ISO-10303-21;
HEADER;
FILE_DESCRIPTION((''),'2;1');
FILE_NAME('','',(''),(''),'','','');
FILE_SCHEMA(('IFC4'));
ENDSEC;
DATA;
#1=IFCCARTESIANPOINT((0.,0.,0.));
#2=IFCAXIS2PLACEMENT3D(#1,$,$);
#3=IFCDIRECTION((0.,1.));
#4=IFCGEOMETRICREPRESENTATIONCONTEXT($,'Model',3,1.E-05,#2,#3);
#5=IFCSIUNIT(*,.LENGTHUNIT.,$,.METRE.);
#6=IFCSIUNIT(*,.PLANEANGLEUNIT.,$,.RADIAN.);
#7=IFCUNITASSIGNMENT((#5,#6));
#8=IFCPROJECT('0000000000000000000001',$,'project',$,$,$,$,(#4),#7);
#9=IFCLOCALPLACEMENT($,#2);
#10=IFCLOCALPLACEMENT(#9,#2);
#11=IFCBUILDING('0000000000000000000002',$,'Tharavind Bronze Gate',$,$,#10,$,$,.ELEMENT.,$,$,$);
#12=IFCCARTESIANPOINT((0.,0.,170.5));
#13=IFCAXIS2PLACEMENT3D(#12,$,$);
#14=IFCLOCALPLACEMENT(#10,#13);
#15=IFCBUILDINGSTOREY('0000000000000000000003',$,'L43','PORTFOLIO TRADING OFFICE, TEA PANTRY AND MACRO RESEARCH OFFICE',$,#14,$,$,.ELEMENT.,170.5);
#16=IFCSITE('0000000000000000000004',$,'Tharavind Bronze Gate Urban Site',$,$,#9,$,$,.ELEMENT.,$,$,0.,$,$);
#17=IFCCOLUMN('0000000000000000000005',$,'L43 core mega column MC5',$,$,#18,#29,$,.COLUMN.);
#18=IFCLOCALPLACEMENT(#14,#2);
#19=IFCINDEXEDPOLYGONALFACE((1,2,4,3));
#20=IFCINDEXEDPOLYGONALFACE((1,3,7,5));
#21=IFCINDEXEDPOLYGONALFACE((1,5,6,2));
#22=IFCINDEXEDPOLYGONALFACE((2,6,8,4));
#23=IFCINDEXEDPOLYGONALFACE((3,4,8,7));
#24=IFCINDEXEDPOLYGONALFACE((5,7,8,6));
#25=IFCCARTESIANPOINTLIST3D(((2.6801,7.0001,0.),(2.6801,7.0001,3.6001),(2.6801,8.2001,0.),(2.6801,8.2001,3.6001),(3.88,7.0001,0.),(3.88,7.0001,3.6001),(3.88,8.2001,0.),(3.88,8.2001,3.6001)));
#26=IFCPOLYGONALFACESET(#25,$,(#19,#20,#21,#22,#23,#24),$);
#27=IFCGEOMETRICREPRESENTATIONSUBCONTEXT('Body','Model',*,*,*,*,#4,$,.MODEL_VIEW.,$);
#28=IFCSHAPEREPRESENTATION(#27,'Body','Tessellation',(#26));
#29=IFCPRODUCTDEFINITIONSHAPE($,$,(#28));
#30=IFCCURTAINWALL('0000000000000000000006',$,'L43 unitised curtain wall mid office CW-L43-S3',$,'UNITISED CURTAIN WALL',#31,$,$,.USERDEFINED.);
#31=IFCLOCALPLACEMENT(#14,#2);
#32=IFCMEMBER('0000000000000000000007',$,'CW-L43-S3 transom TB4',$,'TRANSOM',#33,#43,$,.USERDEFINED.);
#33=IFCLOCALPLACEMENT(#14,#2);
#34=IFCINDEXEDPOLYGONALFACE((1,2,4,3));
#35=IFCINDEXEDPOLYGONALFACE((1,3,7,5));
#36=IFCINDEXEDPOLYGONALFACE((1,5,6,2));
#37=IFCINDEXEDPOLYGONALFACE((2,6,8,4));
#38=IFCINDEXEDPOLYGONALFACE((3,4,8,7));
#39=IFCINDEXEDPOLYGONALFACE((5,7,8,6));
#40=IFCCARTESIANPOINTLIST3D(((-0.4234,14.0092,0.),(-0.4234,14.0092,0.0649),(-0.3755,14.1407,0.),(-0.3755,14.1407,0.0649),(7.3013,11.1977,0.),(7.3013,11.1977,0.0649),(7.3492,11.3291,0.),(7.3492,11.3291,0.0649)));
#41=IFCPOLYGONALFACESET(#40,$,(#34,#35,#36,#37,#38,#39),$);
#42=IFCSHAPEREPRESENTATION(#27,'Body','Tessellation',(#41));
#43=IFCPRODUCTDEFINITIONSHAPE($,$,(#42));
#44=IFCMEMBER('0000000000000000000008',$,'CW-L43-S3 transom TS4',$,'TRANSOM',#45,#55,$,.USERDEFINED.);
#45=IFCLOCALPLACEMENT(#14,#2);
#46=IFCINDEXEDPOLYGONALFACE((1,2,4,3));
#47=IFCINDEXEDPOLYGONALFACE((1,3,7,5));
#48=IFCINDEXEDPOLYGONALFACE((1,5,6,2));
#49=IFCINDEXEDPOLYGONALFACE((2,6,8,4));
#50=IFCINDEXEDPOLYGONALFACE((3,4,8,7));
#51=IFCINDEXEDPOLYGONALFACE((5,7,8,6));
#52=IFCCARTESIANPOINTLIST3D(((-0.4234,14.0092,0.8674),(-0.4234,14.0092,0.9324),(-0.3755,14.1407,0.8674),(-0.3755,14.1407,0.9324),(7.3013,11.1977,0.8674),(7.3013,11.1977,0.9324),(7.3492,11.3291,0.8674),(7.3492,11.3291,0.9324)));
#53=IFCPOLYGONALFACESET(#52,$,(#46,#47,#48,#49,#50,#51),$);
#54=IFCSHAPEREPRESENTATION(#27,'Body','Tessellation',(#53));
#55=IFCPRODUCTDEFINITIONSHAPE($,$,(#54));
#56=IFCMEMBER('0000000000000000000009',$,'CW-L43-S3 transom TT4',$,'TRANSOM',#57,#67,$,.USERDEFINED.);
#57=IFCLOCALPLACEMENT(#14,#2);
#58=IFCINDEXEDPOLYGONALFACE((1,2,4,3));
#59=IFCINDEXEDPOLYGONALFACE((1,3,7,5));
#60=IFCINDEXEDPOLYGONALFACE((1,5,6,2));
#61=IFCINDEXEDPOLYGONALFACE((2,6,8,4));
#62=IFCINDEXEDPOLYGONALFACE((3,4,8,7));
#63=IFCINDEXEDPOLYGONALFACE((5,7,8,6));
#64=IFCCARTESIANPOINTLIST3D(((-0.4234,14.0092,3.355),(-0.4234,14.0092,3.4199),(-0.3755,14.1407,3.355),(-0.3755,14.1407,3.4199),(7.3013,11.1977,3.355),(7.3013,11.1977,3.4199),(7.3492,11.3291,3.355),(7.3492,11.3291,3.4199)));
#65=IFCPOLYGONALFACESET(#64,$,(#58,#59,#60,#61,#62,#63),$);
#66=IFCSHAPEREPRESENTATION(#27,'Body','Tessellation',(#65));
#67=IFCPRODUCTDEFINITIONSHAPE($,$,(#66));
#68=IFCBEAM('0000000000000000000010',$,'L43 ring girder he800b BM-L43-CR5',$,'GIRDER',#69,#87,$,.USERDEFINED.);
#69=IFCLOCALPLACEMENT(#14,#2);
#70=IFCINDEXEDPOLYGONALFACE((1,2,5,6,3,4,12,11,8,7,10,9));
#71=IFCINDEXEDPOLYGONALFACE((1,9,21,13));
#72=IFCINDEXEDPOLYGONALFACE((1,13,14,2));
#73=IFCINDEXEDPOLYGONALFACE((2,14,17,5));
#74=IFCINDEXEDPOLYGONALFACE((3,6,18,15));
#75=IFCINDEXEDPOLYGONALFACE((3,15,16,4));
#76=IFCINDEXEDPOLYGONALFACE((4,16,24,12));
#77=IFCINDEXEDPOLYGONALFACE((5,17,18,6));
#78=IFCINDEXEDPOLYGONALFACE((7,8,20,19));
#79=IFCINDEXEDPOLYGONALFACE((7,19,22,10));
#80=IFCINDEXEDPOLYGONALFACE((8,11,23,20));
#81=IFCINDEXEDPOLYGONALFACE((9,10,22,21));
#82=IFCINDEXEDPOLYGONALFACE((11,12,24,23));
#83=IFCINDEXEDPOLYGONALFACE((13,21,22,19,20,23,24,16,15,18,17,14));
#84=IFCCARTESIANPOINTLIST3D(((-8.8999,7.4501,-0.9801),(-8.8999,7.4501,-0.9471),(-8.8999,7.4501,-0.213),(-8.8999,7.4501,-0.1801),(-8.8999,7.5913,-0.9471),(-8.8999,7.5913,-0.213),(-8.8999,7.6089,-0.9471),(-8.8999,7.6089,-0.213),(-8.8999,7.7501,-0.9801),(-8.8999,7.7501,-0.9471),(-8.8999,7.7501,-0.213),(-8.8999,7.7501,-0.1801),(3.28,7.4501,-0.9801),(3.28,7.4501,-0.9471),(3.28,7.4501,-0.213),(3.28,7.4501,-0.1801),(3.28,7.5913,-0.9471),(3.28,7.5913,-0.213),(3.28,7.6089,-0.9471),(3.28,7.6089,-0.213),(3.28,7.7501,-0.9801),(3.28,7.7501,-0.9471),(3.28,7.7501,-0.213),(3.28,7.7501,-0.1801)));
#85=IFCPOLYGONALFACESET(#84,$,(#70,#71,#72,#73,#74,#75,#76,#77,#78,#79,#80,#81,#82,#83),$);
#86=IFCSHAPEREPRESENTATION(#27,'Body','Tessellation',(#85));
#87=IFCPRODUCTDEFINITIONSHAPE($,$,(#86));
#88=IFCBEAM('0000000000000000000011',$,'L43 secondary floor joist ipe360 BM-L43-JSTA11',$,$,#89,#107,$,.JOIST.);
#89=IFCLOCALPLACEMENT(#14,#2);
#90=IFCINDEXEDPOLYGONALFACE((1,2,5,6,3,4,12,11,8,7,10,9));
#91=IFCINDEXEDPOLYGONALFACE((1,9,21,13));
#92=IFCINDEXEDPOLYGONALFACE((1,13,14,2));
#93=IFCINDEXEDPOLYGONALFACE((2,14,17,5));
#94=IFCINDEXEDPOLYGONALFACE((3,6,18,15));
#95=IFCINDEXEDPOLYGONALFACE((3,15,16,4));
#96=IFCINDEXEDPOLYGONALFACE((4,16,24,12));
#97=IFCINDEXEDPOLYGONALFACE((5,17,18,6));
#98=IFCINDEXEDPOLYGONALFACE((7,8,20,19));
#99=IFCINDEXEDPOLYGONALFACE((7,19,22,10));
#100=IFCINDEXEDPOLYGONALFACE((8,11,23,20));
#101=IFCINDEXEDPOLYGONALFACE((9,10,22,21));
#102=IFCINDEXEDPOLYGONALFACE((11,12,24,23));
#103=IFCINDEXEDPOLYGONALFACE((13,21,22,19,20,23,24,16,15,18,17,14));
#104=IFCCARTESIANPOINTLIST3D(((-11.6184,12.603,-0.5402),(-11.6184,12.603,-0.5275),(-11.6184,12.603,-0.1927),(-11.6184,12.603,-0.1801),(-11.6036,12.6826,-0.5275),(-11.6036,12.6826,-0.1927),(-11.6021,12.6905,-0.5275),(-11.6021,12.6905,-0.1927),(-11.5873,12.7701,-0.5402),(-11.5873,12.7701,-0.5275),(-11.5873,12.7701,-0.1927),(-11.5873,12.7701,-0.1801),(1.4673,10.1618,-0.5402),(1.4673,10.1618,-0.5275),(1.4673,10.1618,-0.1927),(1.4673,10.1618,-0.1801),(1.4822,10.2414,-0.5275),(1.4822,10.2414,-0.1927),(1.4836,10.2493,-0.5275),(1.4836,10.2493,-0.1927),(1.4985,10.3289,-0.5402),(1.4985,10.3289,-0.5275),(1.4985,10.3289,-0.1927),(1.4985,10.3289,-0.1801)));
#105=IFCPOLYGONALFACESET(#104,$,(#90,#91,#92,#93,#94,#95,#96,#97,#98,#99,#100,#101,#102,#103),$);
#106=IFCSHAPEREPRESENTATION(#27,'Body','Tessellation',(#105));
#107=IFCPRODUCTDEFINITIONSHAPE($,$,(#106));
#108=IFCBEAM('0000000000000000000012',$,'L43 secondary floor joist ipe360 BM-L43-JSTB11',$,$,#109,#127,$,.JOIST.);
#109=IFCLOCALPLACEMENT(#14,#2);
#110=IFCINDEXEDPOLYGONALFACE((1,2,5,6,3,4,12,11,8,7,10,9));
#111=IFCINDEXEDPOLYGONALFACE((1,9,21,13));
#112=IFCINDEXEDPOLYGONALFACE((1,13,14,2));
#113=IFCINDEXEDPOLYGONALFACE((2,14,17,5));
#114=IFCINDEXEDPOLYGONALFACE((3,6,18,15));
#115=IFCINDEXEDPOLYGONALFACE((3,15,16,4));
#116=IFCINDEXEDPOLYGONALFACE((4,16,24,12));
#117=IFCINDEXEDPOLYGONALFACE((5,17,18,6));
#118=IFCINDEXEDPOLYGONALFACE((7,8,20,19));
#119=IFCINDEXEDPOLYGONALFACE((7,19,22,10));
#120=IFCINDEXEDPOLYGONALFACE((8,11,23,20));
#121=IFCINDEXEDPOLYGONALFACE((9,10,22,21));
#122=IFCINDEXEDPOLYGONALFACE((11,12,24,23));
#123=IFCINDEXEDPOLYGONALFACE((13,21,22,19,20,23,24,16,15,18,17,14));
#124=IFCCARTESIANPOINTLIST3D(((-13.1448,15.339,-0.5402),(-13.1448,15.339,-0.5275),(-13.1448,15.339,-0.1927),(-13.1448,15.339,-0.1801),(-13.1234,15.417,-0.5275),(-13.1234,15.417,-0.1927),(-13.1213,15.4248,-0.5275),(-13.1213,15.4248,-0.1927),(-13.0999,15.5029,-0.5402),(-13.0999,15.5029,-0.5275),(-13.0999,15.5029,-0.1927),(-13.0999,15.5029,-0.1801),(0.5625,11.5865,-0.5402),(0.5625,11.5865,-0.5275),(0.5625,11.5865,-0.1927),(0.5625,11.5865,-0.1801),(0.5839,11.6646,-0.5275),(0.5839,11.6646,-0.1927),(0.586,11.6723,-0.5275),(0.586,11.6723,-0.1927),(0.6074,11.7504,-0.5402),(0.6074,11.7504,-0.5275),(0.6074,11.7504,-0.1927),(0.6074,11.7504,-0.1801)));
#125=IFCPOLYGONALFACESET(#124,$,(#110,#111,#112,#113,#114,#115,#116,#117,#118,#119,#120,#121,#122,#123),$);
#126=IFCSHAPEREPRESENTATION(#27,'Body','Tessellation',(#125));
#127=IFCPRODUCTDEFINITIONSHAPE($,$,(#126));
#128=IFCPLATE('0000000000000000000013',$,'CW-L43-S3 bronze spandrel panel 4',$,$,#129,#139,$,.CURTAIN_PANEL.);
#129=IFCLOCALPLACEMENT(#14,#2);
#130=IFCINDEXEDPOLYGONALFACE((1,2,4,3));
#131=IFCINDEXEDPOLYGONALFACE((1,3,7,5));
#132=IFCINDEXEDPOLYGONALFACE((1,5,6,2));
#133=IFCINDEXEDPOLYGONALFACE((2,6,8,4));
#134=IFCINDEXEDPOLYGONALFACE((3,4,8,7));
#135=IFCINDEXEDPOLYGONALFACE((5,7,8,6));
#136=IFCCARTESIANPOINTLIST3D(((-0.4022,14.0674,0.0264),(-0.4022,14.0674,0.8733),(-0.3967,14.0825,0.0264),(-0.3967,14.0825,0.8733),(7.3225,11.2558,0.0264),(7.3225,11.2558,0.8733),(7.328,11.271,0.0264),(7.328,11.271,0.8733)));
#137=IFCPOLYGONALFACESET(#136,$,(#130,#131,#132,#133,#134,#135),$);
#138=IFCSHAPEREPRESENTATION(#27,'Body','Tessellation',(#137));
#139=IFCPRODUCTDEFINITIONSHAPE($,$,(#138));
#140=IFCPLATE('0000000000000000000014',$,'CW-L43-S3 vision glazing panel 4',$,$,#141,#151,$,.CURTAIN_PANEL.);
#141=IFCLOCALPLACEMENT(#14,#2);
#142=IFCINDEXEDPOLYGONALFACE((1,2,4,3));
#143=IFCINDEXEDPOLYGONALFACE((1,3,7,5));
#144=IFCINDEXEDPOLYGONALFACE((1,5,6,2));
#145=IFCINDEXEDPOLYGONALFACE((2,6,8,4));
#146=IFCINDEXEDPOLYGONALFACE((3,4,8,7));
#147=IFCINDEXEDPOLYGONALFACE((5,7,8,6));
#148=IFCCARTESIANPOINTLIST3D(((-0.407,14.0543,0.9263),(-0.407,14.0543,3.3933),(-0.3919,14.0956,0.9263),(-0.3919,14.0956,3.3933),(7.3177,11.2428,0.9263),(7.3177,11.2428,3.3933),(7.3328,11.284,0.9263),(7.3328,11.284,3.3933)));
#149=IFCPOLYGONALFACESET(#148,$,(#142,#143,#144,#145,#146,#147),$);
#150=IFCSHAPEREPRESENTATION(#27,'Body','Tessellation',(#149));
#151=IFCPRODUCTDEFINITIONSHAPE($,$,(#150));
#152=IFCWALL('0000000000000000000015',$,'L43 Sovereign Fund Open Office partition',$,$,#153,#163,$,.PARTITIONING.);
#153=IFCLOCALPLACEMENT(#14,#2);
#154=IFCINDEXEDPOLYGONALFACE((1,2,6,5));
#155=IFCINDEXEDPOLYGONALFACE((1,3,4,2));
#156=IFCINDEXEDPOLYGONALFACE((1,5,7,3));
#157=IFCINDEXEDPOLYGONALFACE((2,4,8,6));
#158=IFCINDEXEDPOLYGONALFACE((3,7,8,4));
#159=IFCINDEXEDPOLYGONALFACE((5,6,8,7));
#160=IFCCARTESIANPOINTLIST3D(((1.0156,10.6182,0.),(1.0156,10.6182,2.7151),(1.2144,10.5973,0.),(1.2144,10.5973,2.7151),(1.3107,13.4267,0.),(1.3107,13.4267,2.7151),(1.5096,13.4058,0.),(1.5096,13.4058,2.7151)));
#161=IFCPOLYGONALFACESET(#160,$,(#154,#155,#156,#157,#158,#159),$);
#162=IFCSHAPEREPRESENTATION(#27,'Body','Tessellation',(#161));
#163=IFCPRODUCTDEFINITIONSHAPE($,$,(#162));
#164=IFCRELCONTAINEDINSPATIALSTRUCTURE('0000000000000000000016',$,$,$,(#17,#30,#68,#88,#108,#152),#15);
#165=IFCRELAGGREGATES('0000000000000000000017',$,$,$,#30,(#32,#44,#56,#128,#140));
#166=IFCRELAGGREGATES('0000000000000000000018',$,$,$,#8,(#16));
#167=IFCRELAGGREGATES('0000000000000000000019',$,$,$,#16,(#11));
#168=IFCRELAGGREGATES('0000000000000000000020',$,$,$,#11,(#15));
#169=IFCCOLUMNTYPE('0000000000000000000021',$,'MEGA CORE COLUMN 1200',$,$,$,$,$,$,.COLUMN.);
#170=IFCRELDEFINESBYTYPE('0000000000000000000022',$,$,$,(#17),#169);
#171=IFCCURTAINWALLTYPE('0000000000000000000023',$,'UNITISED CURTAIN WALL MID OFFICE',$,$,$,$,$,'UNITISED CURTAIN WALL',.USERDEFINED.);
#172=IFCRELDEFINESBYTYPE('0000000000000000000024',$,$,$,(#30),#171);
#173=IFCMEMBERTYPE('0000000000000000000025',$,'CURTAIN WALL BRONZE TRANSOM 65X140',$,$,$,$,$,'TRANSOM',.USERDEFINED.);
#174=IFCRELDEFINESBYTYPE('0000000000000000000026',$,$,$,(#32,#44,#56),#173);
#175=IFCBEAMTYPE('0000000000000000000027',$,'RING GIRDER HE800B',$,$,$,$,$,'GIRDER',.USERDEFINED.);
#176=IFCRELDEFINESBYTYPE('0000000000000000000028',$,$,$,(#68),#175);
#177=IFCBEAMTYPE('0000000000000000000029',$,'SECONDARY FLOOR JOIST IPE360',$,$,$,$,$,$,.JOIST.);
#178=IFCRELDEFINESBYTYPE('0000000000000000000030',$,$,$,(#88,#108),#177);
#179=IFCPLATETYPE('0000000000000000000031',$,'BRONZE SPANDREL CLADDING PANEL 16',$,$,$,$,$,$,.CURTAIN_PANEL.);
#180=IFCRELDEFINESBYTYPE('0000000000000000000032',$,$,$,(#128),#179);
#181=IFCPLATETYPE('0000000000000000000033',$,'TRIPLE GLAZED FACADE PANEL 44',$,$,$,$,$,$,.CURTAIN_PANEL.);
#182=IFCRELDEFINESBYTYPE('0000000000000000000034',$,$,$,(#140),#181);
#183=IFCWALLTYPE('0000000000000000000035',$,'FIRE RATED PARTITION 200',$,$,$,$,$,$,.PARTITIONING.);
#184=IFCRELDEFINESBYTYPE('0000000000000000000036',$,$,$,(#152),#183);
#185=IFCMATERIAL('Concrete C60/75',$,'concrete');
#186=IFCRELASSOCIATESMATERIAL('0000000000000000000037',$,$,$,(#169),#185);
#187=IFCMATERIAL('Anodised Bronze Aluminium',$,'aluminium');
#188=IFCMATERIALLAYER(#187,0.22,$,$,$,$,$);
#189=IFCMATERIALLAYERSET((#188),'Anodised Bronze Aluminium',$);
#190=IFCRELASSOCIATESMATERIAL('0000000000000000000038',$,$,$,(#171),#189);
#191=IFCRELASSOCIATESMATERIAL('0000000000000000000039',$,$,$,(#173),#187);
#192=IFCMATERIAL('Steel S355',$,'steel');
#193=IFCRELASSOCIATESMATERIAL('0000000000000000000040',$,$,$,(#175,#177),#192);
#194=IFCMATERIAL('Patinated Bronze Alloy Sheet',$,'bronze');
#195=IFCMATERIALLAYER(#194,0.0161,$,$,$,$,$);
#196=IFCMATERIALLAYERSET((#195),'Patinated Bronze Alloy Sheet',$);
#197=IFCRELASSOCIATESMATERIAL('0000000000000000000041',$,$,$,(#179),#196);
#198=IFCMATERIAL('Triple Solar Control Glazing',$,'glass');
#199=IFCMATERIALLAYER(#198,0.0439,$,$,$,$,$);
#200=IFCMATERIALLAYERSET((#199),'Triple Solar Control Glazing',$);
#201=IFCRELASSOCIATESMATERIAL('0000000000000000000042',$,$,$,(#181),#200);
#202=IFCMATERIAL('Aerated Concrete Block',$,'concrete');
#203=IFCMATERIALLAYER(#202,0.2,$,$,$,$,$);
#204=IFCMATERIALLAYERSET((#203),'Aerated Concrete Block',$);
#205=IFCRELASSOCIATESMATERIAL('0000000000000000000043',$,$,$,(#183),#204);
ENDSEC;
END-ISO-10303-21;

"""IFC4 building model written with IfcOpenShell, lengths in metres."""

from ifc_helpers import new_model, si_unit, direction, frame, frame_2d, origin, origin_2d, place, context, subcontext, project, spatial, rectangle, i_section, extrude, material, layer, layer_set, material_profile, profile_set, type_object, element, aggregate, save


model = new_model("IFC4")

# Units and contexts
model_context = context("Model", 3, precision=1e-05, world=origin(), true_north=direction((0.0, 1.0)))
body_context = subcontext(model_context, "Body", "Model", "MODEL_VIEW")
ifc_project = project(units=[si_unit("LENGTHUNIT", "METRE"), si_unit("PLANEANGLEUNIT", "RADIAN")], contexts=[model_context])

# Site, building, storey
site_placement = place(None, origin())
site = spatial("IfcSite", under=ifc_project, at=site_placement, Name="Tharavind Bronze Gate Urban Site", CompositionType="ELEMENT", RefElevation=0.0)
building_placement = place(site_placement, origin())
building = spatial("IfcBuilding", under=site, at=building_placement, Name="Tharavind Bronze Gate", CompositionType="ELEMENT")
storey_placement = place(building_placement, frame((0.0, 0.0, 170.5)))
storey = spatial("IfcBuildingStorey", under=building, at=storey_placement, Name="L43", Description="PORTFOLIO TRADING OFFICE, TEA PANTRY AND MACRO RESEARCH OFFICE", CompositionType="ELEMENT", Elevation=170.5)

# Column
ifc_material_1 = material(Name="Concrete C60/75", Category="concrete")
ifc_material_profile_1 = material_profile(ifc_material_1, rectangle(XDim=1.2, YDim=1.2, at=origin_2d()), Name="RCCOL1200")
ifc_profile_set_1 = profile_set([ifc_material_profile_1], Name="Concrete C60/75")
column_type = type_object("IfcColumnType", Name="MEGA CORE COLUMN 1200", PredefinedType="COLUMN", material=ifc_profile_set_1)
column_placement = place(storey_placement, frame((3.28, 7.6001, 0.0), z_axis=(0.0, 0.0, 1.0), x_axis=(1.0, 0.0, 0.0)))
element("IfcColumn", 1, at=column_placement, inside=storey, type_object=column_type, Name="L43 core mega column MC5", PredefinedType="COLUMN", context=body_context, shape_type="SweptSolid", body=[
    extrude(rectangle(XDim=1.2, YDim=1.2, at=origin_2d()), origin(), (0.0, 0.0, 1.0), 3.6001),
])

# Curtain wall, members
ifc_material_2 = material(Name="Anodised Bronze Aluminium", Category="aluminium")
ifc_layer_1 = layer(ifc_material_2, 0.22)
ifc_layer_set_1 = layer_set([ifc_layer_1], Name="Anodised Bronze Aluminium")
curtain_wall_type = type_object("IfcCurtainWallType", Name="UNITISED CURTAIN WALL MID OFFICE", ElementType="UNITISED CURTAIN WALL", PredefinedType="USERDEFINED", material=ifc_layer_set_1)
curtain_wall_placement = place(storey_placement, origin())
curtain_wall = element("IfcCurtainWall", 2, at=curtain_wall_placement, inside=storey, type_object=curtain_wall_type, Name="L43 unitised curtain wall mid office CW-L43-S3", ObjectType="UNITISED CURTAIN WALL", PredefinedType="USERDEFINED")
member_type = type_object("IfcMemberType", Name="CURTAIN WALL BRONZE TRANSOM 65X140", ElementType="TRANSOM", PredefinedType="USERDEFINED", material=ifc_material_2)
member_1_placement = place(storey_placement, frame((3.4629, 12.6692, 0.0), z_axis=(0.0, 0.0, 1.0), x_axis=(-0.939692, 0.342022, 0.0)))
member_1 = element("IfcMember", 3, at=member_1_placement, type_object=member_type, Name="CW-L43-S3 transom TB4", ObjectType="TRANSOM", PredefinedType="USERDEFINED", context=body_context, shape_type="SweptSolid", body=[
    extrude(rectangle(XDim=8.2205, YDim=0.1399, at=origin_2d()), origin(), (0.0, 0.0, 1.0), 0.0649),
])
member_2_placement = place(storey_placement, frame((3.4629, 12.6692, 0.8674), z_axis=(0.0, 0.0, 1.0), x_axis=(-0.939692, 0.342022, 0.0)))
member_2 = element("IfcMember", 4, at=member_2_placement, type_object=member_type, Name="CW-L43-S3 transom TS4", ObjectType="TRANSOM", PredefinedType="USERDEFINED", context=body_context, shape_type="SweptSolid", body=[
    extrude(rectangle(XDim=8.2205, YDim=0.1399, at=origin_2d()), origin(), (0.0, 0.0, 1.0), 0.0649),
])
member_3_placement = place(storey_placement, frame((3.4629, 12.6692, 3.355), z_axis=(0.0, 0.0, 1.0), x_axis=(-0.939692, 0.342022, 0.0)))
member_3 = element("IfcMember", 5, at=member_3_placement, type_object=member_type, Name="CW-L43-S3 transom TT4", ObjectType="TRANSOM", PredefinedType="USERDEFINED", context=body_context, shape_type="SweptSolid", body=[
    extrude(rectangle(XDim=8.2205, YDim=0.1399, at=origin_2d()), origin(), (0.0, 0.0, 1.0), 0.0649),
])

# Beams
ifc_material_3 = material(Name="Steel S355", Category="steel")
ifc_material_profile_2 = material_profile(ifc_material_3, i_section(OverallWidth=0.3, OverallDepth=0.8, WebThickness=0.0176, FlangeThickness=0.033, at=origin_2d()), Name="HE800B")
ifc_profile_set_2 = profile_set([ifc_material_profile_2], Name="Steel S355")
beam_type_1 = type_object("IfcBeamType", Name="RING GIRDER HE800B", ElementType="GIRDER", PredefinedType="USERDEFINED", material=ifc_profile_set_2)
beam_1_placement = place(storey_placement, frame((3.28, 7.6001, -0.5801), z_axis=(-1.0, 0.0, 0.0), x_axis=(0.0, -1.0, 0.0)))
element("IfcBeam", 6, at=beam_1_placement, inside=storey, type_object=beam_type_1, Name="L43 ring girder he800b BM-L43-CR5", ObjectType="GIRDER", PredefinedType="USERDEFINED", context=body_context, shape_type="SweptSolid", body=[
    extrude(i_section(OverallWidth=0.3, OverallDepth=0.8, WebThickness=0.0176, FlangeThickness=0.033, at=origin_2d()), origin(), (0.0, 0.0, 1.0), 12.1799),
])
ifc_material_profile_3 = material_profile(ifc_material_3, i_section(OverallWidth=0.1699, OverallDepth=0.3601, WebThickness=0.0081, FlangeThickness=0.0127, at=origin_2d()), Name="IPE360")
ifc_profile_set_3 = profile_set([ifc_material_profile_3], Name="Steel S355")
beam_type_2 = type_object("IfcBeamType", Name="SECONDARY FLOOR JOIST IPE360", PredefinedType="JOIST", material=ifc_profile_set_3)
beam_2_placement = place(storey_placement, frame((1.4829, 10.2454, -0.3601), z_axis=(-0.983041, 0.183388, 0.0), x_axis=(-0.183388, -0.983041, 0.0)))
element("IfcBeam", 7, at=beam_2_placement, inside=storey, type_object=beam_type_2, Name="L43 secondary floor joist ipe360 BM-L43-JSTA11", PredefinedType="JOIST", context=body_context, shape_type="SweptSolid", body=[
    extrude(i_section(OverallWidth=0.1699, OverallDepth=0.3601, WebThickness=0.0081, FlangeThickness=0.0127, at=origin_2d()), origin(), (0.0, 0.0, 1.0), 13.3115),
])
beam_3_placement = place(storey_placement, frame((0.585, 11.6685, -0.3601), z_axis=(-0.964512, 0.26404, 0.0), x_axis=(-0.26404, -0.964512, 0.0)))
element("IfcBeam", 8, at=beam_3_placement, inside=storey, type_object=beam_type_2, Name="L43 secondary floor joist ipe360 BM-L43-JSTB11", PredefinedType="JOIST", context=body_context, shape_type="SweptSolid", body=[
    extrude(i_section(OverallWidth=0.1699, OverallDepth=0.3601, WebThickness=0.0081, FlangeThickness=0.0127, at=origin_2d()), origin(), (0.0, 0.0, 1.0), 14.2117),
])

# Plates
ifc_material_4 = material(Name="Patinated Bronze Alloy Sheet", Category="bronze")
ifc_layer_2 = layer(ifc_material_4, 0.0161)
ifc_layer_set_2 = layer_set([ifc_layer_2], Name="Patinated Bronze Alloy Sheet")
plate_type_1 = type_object("IfcPlateType", Name="BRONZE SPANDREL CLADDING PANEL 16", PredefinedType="CURTAIN_PANEL", material=ifc_layer_set_2)
plate_1_placement = place(storey_placement, frame((3.4629, 12.6692, 0.0264), z_axis=(0.0, 0.0, 1.0), x_axis=(-0.939692, 0.342022, 0.0)))
plate_1 = element("IfcPlate", 9, at=plate_1_placement, type_object=plate_type_1, Name="CW-L43-S3 bronze spandrel panel 4", PredefinedType="CURTAIN_PANEL", context=body_context, shape_type="SweptSolid", body=[
    extrude(rectangle(XDim=8.2205, YDim=0.0161, at=origin_2d()), origin(), (0.0, 0.0, 1.0), 0.8469),
])
ifc_material_5 = material(Name="Triple Solar Control Glazing", Category="glass")
ifc_layer_3 = layer(ifc_material_5, 0.0439)
ifc_layer_set_3 = layer_set([ifc_layer_3], Name="Triple Solar Control Glazing")
plate_type_2 = type_object("IfcPlateType", Name="TRIPLE GLAZED FACADE PANEL 44", PredefinedType="CURTAIN_PANEL", material=ifc_layer_set_3)
plate_2_placement = place(storey_placement, frame((3.4629, 12.6692, 0.9263), z_axis=(0.0, 0.0, 1.0), x_axis=(-0.939692, 0.342022, 0.0)))
plate_2 = element("IfcPlate", 10, at=plate_2_placement, type_object=plate_type_2, Name="CW-L43-S3 vision glazing panel 4", PredefinedType="CURTAIN_PANEL", context=body_context, shape_type="SweptSolid", body=[
    extrude(rectangle(XDim=8.2205, YDim=0.0439, at=origin_2d()), origin(), (0.0, 0.0, 1.0), 2.467),
])
aggregate(curtain_wall, [member_1, member_2, member_3, plate_1, plate_2])

# Wall
ifc_material_6 = material(Name="Aerated Concrete Block", Category="concrete")
ifc_layer_4 = layer(ifc_material_6, 0.2)
ifc_layer_set_4 = layer_set([ifc_layer_4], Name="Aerated Concrete Block")
wall_type_1 = type_object("IfcWallType", Name="FIRE RATED PARTITION 200", PredefinedType="PARTITIONING", material=ifc_layer_set_4)
wall_1_placement = place(storey_placement, frame((1.115, 10.6077, 0.0), z_axis=(0.0, 0.0, 1.0), x_axis=(0.104518, 0.994523, 0.0)))
element("IfcWall", 11, at=wall_1_placement, inside=storey, type_object=wall_type_1, Name="L43 Sovereign Fund Open Office partition", PredefinedType="PARTITIONING", context=body_context, shape_type="SweptSolid", body=[
    extrude(rectangle(XDim=2.824, YDim=0.2, at=frame_2d((1.4121, 0.0))), origin(), (0.0, 0.0, 1.0), 2.7151),
])

save(model, "model.ifc")
